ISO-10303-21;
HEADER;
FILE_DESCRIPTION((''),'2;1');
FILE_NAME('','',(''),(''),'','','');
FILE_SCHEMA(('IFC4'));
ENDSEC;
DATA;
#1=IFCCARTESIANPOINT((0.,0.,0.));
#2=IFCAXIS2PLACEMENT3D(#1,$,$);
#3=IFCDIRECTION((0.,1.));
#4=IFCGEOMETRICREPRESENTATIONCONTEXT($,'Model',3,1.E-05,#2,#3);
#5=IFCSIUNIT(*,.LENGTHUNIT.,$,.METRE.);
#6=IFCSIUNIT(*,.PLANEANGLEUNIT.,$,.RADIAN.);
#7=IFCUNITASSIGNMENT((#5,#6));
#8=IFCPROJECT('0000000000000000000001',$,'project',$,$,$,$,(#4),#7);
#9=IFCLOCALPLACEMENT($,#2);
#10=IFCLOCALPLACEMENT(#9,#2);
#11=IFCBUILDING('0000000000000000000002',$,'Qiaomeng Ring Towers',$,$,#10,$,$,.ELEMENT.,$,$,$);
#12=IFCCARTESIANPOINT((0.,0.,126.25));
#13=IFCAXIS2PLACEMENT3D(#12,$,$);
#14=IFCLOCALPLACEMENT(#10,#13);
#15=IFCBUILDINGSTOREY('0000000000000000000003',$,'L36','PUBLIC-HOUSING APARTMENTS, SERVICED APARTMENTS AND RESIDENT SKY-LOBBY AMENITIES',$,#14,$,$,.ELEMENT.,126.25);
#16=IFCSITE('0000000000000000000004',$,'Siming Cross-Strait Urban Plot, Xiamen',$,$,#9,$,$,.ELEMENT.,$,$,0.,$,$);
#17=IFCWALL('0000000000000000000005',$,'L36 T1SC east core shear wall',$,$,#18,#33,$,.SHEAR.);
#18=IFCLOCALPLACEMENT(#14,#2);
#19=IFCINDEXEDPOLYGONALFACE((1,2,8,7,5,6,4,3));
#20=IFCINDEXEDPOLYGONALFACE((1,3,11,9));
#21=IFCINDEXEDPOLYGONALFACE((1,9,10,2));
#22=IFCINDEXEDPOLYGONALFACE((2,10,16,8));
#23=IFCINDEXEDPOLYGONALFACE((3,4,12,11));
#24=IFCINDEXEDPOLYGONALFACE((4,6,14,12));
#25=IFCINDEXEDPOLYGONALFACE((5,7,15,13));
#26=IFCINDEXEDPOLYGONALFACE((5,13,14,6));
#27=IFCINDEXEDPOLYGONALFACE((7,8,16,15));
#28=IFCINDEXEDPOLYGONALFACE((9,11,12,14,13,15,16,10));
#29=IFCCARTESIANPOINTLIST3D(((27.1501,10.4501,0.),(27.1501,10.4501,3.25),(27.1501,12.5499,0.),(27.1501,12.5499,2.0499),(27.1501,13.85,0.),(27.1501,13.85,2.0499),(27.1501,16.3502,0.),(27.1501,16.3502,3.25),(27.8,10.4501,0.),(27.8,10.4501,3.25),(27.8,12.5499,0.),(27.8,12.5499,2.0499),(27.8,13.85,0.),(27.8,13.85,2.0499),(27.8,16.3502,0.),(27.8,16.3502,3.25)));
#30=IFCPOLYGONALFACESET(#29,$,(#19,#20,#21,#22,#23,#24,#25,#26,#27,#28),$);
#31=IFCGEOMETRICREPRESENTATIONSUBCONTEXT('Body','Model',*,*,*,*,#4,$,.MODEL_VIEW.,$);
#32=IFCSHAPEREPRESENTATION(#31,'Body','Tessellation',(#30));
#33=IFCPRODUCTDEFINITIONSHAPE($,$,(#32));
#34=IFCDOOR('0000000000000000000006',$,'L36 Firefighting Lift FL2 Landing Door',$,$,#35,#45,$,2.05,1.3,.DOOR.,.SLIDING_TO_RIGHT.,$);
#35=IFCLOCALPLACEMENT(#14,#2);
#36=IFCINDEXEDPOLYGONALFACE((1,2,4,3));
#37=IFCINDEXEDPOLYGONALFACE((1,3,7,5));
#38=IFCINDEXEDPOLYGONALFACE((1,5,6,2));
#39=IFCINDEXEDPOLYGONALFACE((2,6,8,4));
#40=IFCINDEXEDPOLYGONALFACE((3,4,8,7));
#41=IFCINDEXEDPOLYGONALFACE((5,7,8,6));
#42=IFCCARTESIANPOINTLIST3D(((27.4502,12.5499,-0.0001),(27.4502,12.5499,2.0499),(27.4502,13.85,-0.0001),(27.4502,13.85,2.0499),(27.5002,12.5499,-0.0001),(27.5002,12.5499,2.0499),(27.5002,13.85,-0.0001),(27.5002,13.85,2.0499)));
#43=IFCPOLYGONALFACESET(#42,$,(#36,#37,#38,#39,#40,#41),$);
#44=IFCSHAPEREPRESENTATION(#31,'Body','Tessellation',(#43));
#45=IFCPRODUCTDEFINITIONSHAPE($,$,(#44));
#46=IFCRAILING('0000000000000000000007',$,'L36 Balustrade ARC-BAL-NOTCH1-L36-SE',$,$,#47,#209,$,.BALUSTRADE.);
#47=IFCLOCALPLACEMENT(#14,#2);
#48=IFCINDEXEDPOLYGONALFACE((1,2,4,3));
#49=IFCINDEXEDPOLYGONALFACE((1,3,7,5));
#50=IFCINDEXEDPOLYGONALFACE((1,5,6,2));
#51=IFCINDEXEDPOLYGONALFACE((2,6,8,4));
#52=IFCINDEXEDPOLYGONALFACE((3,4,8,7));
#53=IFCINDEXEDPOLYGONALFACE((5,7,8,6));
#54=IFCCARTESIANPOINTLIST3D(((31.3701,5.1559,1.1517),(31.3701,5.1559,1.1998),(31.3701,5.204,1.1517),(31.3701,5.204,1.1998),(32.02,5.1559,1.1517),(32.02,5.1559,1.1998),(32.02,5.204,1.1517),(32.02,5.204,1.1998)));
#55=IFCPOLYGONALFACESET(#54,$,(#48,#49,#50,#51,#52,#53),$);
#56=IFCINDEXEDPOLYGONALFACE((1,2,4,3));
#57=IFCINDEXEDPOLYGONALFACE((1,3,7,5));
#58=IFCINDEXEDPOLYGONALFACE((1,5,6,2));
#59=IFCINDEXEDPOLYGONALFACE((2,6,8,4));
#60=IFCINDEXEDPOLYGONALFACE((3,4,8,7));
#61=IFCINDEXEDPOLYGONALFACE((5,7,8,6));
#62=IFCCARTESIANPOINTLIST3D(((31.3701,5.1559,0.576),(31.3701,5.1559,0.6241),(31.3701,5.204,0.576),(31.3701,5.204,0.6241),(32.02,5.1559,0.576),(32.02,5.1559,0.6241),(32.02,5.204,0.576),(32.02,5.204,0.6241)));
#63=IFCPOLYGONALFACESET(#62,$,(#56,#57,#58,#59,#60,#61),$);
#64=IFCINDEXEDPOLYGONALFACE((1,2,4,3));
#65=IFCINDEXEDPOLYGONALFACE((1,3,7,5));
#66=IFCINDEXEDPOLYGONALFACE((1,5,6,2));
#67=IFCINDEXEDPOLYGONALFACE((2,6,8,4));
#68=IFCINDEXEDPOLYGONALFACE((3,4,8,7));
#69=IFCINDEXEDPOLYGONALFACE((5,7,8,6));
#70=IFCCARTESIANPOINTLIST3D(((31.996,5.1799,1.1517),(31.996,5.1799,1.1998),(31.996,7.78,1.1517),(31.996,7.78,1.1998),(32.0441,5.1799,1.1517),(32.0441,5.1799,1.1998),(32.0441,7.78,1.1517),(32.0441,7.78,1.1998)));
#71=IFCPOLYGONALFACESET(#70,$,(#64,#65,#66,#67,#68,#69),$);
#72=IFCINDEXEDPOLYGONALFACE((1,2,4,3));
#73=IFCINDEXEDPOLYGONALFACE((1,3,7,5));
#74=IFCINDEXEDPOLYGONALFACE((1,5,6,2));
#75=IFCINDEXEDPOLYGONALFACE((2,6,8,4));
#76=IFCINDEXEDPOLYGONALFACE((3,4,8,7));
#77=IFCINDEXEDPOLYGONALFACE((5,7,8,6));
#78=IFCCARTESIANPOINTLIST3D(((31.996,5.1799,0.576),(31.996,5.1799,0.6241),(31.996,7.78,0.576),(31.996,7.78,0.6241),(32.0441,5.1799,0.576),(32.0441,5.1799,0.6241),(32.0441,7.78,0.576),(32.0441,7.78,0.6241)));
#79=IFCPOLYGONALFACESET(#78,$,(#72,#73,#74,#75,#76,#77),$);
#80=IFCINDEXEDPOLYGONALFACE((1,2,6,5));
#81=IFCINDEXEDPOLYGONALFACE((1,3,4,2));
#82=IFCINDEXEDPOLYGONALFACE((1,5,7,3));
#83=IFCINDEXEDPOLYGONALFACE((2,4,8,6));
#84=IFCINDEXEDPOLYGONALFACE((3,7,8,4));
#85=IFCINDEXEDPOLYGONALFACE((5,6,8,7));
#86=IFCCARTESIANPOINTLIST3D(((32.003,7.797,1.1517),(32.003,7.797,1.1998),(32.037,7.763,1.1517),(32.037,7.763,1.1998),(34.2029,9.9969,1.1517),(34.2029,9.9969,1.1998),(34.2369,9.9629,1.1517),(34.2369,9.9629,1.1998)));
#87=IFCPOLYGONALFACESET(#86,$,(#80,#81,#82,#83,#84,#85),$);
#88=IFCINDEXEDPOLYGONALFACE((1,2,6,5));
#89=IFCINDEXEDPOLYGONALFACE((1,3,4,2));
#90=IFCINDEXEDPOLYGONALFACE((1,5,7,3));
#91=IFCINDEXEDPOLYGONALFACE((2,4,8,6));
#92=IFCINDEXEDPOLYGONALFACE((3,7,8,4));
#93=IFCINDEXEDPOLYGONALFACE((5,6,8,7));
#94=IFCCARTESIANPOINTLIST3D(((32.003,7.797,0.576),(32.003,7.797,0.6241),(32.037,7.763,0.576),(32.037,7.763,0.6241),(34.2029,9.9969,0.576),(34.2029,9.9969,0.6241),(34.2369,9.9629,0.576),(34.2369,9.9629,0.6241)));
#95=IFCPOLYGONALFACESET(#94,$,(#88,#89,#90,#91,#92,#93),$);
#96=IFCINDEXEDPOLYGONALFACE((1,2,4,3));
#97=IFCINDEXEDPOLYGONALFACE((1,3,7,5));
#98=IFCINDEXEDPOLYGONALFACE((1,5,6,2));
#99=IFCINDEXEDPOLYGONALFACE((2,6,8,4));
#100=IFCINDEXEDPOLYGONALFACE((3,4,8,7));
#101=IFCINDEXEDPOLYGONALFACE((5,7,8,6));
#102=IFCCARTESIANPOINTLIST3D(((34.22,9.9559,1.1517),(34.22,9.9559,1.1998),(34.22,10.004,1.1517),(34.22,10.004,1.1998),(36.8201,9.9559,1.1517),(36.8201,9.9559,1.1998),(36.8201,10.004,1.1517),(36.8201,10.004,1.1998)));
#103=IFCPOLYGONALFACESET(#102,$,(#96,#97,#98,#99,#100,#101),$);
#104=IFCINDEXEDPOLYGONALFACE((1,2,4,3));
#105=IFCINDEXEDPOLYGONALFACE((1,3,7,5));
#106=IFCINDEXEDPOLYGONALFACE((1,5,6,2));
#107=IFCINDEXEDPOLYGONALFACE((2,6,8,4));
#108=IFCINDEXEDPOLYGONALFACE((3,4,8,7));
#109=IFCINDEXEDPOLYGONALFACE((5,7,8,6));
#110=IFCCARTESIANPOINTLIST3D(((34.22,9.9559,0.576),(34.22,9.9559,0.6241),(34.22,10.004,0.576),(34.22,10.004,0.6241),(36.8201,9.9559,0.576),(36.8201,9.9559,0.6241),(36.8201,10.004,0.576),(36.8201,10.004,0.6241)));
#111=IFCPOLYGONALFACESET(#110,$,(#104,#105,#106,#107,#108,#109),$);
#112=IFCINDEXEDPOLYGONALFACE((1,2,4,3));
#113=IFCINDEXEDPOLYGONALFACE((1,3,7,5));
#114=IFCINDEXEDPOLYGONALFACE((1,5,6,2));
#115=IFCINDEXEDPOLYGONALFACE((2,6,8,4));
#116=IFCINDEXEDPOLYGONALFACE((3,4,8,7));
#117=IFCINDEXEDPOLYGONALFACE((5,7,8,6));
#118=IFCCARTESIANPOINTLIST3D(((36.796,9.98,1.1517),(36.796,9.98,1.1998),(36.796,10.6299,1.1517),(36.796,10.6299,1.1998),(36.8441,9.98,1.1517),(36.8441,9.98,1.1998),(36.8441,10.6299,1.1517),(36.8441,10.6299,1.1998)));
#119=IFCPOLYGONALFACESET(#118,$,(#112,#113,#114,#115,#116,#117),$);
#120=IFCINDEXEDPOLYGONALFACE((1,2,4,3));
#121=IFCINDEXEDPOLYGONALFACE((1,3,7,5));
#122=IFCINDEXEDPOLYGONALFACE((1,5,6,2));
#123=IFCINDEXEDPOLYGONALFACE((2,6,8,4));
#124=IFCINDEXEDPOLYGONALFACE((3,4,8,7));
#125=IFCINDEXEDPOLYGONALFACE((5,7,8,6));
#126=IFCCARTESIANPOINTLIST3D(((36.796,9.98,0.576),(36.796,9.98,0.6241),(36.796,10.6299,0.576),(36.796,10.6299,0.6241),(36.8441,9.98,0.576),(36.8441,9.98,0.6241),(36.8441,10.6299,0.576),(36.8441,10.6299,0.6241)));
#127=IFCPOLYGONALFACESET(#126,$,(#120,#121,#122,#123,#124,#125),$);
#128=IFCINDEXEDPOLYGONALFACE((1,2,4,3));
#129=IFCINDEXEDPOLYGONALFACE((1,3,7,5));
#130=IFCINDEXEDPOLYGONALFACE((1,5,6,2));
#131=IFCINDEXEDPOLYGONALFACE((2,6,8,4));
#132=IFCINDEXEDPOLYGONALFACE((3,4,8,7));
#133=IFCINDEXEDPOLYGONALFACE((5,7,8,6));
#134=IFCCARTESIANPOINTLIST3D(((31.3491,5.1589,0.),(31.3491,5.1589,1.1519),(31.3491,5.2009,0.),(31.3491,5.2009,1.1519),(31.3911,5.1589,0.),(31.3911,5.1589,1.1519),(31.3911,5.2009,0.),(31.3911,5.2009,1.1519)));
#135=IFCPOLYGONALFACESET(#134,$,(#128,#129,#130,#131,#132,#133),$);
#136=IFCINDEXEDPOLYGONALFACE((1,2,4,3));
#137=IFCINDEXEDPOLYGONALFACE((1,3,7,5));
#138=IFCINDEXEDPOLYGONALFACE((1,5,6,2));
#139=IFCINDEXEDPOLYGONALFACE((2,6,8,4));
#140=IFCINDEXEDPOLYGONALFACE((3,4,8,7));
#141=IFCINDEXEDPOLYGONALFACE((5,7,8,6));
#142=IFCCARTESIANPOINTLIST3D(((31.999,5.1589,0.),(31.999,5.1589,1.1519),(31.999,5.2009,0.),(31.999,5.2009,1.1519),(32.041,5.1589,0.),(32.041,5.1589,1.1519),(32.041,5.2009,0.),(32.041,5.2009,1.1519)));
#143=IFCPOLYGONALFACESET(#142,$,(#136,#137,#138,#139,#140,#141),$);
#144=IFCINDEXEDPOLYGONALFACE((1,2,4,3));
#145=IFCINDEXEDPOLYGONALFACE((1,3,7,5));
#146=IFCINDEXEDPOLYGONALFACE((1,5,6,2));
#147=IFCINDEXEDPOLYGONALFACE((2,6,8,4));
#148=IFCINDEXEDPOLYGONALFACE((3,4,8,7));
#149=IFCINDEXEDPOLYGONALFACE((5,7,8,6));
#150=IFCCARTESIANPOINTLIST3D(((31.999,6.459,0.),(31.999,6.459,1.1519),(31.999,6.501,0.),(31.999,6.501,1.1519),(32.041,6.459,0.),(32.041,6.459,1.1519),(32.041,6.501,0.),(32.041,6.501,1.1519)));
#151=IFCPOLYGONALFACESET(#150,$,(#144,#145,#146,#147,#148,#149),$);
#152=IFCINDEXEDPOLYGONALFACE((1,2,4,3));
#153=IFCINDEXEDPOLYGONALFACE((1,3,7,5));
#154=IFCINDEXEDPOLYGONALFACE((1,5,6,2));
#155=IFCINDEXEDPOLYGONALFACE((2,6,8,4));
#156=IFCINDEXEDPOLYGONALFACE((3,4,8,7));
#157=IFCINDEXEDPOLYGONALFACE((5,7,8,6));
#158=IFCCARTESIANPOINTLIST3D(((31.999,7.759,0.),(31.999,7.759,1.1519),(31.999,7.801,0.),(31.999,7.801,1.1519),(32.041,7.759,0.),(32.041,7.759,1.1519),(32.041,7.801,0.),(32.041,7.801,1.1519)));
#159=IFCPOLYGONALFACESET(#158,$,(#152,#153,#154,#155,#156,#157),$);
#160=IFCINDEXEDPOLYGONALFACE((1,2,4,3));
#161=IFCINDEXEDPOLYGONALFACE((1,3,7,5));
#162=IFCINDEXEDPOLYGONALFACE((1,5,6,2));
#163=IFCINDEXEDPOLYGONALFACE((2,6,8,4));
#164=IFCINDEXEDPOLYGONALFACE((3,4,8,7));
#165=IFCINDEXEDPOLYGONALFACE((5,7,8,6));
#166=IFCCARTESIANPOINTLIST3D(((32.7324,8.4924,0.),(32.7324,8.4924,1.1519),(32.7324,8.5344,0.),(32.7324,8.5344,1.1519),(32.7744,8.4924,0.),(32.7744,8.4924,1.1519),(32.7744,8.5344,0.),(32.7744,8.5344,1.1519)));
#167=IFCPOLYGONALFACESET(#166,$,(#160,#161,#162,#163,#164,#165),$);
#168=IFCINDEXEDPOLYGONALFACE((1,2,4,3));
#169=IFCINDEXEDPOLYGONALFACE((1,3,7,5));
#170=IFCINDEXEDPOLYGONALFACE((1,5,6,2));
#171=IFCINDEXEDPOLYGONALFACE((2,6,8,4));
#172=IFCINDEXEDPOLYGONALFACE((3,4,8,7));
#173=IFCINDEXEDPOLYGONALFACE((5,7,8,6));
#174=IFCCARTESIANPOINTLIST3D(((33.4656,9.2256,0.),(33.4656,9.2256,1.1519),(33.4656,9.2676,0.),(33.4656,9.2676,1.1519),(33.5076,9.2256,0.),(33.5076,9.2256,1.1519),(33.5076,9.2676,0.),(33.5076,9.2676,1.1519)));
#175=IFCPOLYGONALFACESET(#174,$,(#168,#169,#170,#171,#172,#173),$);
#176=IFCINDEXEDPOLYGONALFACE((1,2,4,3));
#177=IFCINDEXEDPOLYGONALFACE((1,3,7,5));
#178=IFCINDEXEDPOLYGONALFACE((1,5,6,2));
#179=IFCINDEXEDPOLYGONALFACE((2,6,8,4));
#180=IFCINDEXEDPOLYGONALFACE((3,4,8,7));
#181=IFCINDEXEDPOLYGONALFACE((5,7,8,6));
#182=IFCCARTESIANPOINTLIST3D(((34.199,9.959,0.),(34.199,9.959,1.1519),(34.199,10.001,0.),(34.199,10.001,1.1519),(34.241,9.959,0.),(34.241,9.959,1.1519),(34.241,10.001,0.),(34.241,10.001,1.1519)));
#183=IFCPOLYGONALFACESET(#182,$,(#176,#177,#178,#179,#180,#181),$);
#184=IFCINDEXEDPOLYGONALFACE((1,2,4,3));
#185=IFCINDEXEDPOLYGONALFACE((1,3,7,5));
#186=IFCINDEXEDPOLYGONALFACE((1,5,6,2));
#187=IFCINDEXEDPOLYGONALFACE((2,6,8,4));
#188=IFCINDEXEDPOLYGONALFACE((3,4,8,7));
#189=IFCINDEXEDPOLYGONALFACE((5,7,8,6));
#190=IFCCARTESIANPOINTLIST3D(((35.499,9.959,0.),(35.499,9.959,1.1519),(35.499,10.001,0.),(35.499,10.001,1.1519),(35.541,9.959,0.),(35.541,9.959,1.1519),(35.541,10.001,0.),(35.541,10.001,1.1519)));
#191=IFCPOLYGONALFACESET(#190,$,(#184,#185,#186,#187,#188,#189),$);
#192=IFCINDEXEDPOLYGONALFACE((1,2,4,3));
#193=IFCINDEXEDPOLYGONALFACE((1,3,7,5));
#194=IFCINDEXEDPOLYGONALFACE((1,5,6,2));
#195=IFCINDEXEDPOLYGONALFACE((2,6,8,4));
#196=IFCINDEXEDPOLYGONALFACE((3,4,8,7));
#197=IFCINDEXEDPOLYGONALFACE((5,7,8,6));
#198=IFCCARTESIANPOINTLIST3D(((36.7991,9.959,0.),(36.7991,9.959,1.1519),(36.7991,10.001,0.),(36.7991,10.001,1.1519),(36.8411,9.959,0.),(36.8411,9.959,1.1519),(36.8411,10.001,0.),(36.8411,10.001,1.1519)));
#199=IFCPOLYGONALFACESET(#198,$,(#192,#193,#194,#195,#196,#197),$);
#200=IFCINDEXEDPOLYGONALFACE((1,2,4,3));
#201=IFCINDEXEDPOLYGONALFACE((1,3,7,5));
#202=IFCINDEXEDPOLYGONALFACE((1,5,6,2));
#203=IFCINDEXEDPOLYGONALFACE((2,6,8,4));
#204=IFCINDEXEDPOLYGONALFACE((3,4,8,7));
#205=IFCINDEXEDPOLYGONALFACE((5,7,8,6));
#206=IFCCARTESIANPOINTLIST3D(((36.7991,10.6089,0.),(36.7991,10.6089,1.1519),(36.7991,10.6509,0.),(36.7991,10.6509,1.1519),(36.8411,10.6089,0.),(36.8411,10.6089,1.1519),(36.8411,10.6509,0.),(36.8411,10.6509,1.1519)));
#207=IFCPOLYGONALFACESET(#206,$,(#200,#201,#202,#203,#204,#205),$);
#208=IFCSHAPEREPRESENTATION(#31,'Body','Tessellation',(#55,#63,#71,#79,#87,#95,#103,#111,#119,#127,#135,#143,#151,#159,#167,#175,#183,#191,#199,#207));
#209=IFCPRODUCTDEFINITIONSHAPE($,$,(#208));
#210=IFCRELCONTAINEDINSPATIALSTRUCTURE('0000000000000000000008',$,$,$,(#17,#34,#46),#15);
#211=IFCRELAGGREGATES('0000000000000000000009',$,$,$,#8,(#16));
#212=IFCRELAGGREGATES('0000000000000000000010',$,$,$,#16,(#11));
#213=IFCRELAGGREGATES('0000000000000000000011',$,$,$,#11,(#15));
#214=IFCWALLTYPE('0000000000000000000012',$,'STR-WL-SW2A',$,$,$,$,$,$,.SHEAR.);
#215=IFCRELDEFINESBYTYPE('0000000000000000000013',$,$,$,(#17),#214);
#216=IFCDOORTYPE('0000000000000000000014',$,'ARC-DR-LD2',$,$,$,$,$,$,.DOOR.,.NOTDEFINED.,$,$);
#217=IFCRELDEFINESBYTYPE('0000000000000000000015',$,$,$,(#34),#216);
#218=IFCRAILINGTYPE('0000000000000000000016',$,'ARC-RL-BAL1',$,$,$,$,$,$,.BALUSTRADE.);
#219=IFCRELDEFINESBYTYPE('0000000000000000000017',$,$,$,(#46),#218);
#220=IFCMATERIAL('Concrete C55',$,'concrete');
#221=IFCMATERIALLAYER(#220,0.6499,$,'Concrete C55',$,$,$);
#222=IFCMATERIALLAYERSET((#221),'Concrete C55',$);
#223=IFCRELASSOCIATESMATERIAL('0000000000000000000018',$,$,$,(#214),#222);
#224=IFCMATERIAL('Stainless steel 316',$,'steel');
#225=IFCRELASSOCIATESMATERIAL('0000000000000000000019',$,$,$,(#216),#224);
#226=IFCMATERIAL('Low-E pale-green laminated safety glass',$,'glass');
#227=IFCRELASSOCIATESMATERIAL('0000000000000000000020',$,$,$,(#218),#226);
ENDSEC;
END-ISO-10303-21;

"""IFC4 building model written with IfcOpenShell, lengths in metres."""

from ifc_helpers import new_model, si_unit, direction, frame, frame_2d, origin, origin_2d, place, context, subcontext, project, spatial, rectangle, extrude, source, transform, mapped, material, layer, layer_set, type_object, element, fill, save


model = new_model("IFC4")

# Units and contexts
model_context = context("Model", 3, precision=1e-05, world=origin(), true_north=direction((0.0, 1.0)))
body_context = subcontext(model_context, "Body", "Model", "MODEL_VIEW")
ifc_project = project(units=[si_unit("LENGTHUNIT", "METRE"), si_unit("PLANEANGLEUNIT", "RADIAN")], contexts=[model_context])

# Site, building, storey
site_placement = place(None, origin())
site = spatial("IfcSite", under=ifc_project, at=site_placement, Name="Siming Cross-Strait Urban Plot, Xiamen", CompositionType="ELEMENT", RefElevation=0.0)
building_placement = place(site_placement, origin())
building = spatial("IfcBuilding", under=site, at=building_placement, Name="Qiaomeng Ring Towers", CompositionType="ELEMENT")
storey_placement = place(building_placement, frame((0.0, 0.0, 126.25)))
storey = spatial("IfcBuildingStorey", under=building, at=storey_placement, Name="L36", Description="PUBLIC-HOUSING APARTMENTS, SERVICED APARTMENTS AND RESIDENT SKY-LOBBY AMENITIES", CompositionType="ELEMENT", Elevation=126.25)

# Shared definitions
ifc_material_1 = material(Name="Concrete C55", Category="concrete")

# Wall, opening, door
ifc_layer_1 = layer(ifc_material_1, 0.6499, Name="Concrete C55")
ifc_layer_set_1 = layer_set([ifc_layer_1], Name="Concrete C55")
wall_type_1 = type_object("IfcWallType", Name="STR-WL-SW2A", PredefinedType="SHEAR", material=ifc_layer_set_1)
wall_1_placement = place(storey_placement, frame((27.4751, 10.45, 0.0), z_axis=(0.0, 0.0, 1.0), x_axis=(0.0, 1.0, 0.0)))
wall_1 = element("IfcWall", 1, at=wall_1_placement, inside=storey, type_object=wall_type_1, Name="L36 T1SC east core shear wall", PredefinedType="SHEAR", context=body_context, shape_type="SweptSolid", body=[
    extrude(rectangle(XDim=5.9001, YDim=0.6499, at=frame_2d((2.9502, 0.0))), origin(), (0.0, 0.0, 1.0), 3.25),
])
opening_1_placement = place(wall_1_placement, frame((2.1001, 0.0, 0.0)))
opening_1 = element("IfcOpeningElement", 2, at=opening_1_placement, cuts=wall_1, PredefinedType="OPENING", context=body_context, shape_type="SweptSolid", body=[
    extrude(rectangle(XDim=1.3, YDim=2.05, at=frame_2d((0.6499, 1.0249))), frame((0.0, 0.335, 0.0), z_axis=(0.0, -1.0, 0.0), x_axis=(1.0, 0.0, 0.0)), (0.0, 0.0, 1.0), 0.6699),
])
ifc_material_2 = material(Name="Stainless steel 316", Category="steel")
door_type_1 = type_object("IfcDoorType", Name="ARC-DR-LD2", OperationType="NOTDEFINED", PredefinedType="DOOR", material=ifc_material_2)
shared_shape_1 = source(origin(), body_context, "Body", "SweptSolid", [
    extrude(rectangle(XDim=1.3, YDim=2.05, at=frame_2d((0.6499, 1.0249))), frame((0.0, 0.0249, 0.0), z_axis=(0.0, -1.0, 0.0), x_axis=(1.0, 0.0, 0.0)), (0.0, 0.0, 1.0), 0.05),
])
door_1_placement = place(opening_1_placement, origin())
door_1 = element("IfcDoor", 3, at=door_1_placement, inside=storey, type_object=door_type_1, Name="L36 Firefighting Lift FL2 Landing Door", OperationType="SLIDING_TO_RIGHT", OverallHeight=2.05, OverallWidth=1.3, PredefinedType="DOOR", context=body_context, shape_type="MappedRepresentation", body=[
    mapped(shared_shape_1, transform((0.0, 0.0, 0.0), x_axis=(1.0, 0.0, 0.0), y_axis=(0.0, 1.0, 0.0), z_axis=(0.0, 0.0, 1.0), scale=1.0)),
])
fill(opening_1, door_1)

# Railing
ifc_material_3 = material(Name="Low-E pale-green laminated safety glass", Category="glass")
railing_type = type_object("IfcRailingType", Name="ARC-RL-BAL1", PredefinedType="BALUSTRADE", material=ifc_material_3)
railing_placement = place(storey_placement, frame((31.3701, 5.1799, 0.0)))
element("IfcRailing", 4, at=railing_placement, inside=storey, type_object=railing_type, Name="L36 Balustrade ARC-BAL-NOTCH1-L36-SE", PredefinedType="BALUSTRADE", context=body_context, shape_type="SweptSolid", body=[
    extrude(rectangle(XDim=0.0481, YDim=0.0481, at=origin_2d()), frame((0.0, 0.0, 1.1758), z_axis=(1.0, 0.0, 0.0), x_axis=(0.0, 1.0, 0.0)), (0.0, 0.0, 1.0), 0.6499),
    extrude(rectangle(XDim=0.0481, YDim=0.0481, at=origin_2d()), frame((0.0, 0.0, 0.6001), z_axis=(1.0, 0.0, 0.0), x_axis=(0.0, 1.0, 0.0)), (0.0, 0.0, 1.0), 0.6499),
    extrude(rectangle(XDim=0.0481, YDim=0.0481, at=origin_2d()), frame((0.6499, 0.0, 1.1758), z_axis=(0.0, 1.0, 0.0), x_axis=(-1.0, 0.0, 0.0)), (0.0, 0.0, 1.0), 2.6001),
    extrude(rectangle(XDim=0.0481, YDim=0.0481, at=origin_2d()), frame((0.6499, 0.0, 0.6001), z_axis=(0.0, 1.0, 0.0), x_axis=(-1.0, 0.0, 0.0)), (0.0, 0.0, 1.0), 2.6001),
    extrude(rectangle(XDim=0.0481, YDim=0.0481, at=origin_2d()), frame((0.6499, 2.6001, 1.1758), z_axis=(0.707107, 0.707107, 0.0), x_axis=(-0.707107, 0.707107, 0.0)), (0.0, 0.0, 1.0), 3.1111),
    extrude(rectangle(XDim=0.0481, YDim=0.0481, at=origin_2d()), frame((0.6499, 2.6001, 0.6001), z_axis=(0.707107, 0.707107, 0.0), x_axis=(-0.707107, 0.707107, 0.0)), (0.0, 0.0, 1.0), 3.1111),
    extrude(rectangle(XDim=0.0481, YDim=0.0481, at=origin_2d()), frame((2.8499, 4.8, 1.1758), z_axis=(1.0, 0.0, 0.0), x_axis=(0.0, 1.0, 0.0)), (0.0, 0.0, 1.0), 2.6001),
    extrude(rectangle(XDim=0.0481, YDim=0.0481, at=origin_2d()), frame((2.8499, 4.8, 0.6001), z_axis=(1.0, 0.0, 0.0), x_axis=(0.0, 1.0, 0.0)), (0.0, 0.0, 1.0), 2.6001),
    extrude(rectangle(XDim=0.0481, YDim=0.0481, at=origin_2d()), frame((5.45, 4.8, 1.1758), z_axis=(0.0, 1.0, 0.0), x_axis=(-1.0, 0.0, 0.0)), (0.0, 0.0, 1.0), 0.6499),
    extrude(rectangle(XDim=0.0481, YDim=0.0481, at=origin_2d()), frame((5.45, 4.8, 0.6001), z_axis=(0.0, 1.0, 0.0), x_axis=(-1.0, 0.0, 0.0)), (0.0, 0.0, 1.0), 0.6499),
    extrude(rectangle(XDim=0.042, YDim=0.042, at=origin_2d()), origin(), (0.0, 0.0, 1.0), 1.1519),
    extrude(rectangle(XDim=0.042, YDim=0.042, at=origin_2d()), frame((0.6499, 0.0, 0.0)), (0.0, 0.0, 1.0), 1.1519),
    extrude(rectangle(XDim=0.042, YDim=0.042, at=origin_2d()), frame((0.6499, 1.3, 0.0)), (0.0, 0.0, 1.0), 1.1519),
    extrude(rectangle(XDim=0.042, YDim=0.042, at=origin_2d()), frame((0.6499, 2.6001, 0.0)), (0.0, 0.0, 1.0), 1.1519),
    extrude(rectangle(XDim=0.042, YDim=0.042, at=origin_2d()), frame((1.3833, 3.3335, 0.0)), (0.0, 0.0, 1.0), 1.1519),
    extrude(rectangle(XDim=0.042, YDim=0.042, at=origin_2d()), frame((2.1165, 4.0667, 0.0)), (0.0, 0.0, 1.0), 1.1519),
    extrude(rectangle(XDim=0.042, YDim=0.042, at=origin_2d()), frame((2.8499, 4.8, 0.0)), (0.0, 0.0, 1.0), 1.1519),
    extrude(rectangle(XDim=0.042, YDim=0.042, at=origin_2d()), frame((4.1499, 4.8, 0.0)), (0.0, 0.0, 1.0), 1.1519),
    extrude(rectangle(XDim=0.042, YDim=0.042, at=origin_2d()), frame((5.45, 4.8, 0.0)), (0.0, 0.0, 1.0), 1.1519),
    extrude(rectangle(XDim=0.042, YDim=0.042, at=origin_2d()), frame((5.45, 5.45, 0.0)), (0.0, 0.0, 1.0), 1.1519),
])

save(model, "model.ifc")
